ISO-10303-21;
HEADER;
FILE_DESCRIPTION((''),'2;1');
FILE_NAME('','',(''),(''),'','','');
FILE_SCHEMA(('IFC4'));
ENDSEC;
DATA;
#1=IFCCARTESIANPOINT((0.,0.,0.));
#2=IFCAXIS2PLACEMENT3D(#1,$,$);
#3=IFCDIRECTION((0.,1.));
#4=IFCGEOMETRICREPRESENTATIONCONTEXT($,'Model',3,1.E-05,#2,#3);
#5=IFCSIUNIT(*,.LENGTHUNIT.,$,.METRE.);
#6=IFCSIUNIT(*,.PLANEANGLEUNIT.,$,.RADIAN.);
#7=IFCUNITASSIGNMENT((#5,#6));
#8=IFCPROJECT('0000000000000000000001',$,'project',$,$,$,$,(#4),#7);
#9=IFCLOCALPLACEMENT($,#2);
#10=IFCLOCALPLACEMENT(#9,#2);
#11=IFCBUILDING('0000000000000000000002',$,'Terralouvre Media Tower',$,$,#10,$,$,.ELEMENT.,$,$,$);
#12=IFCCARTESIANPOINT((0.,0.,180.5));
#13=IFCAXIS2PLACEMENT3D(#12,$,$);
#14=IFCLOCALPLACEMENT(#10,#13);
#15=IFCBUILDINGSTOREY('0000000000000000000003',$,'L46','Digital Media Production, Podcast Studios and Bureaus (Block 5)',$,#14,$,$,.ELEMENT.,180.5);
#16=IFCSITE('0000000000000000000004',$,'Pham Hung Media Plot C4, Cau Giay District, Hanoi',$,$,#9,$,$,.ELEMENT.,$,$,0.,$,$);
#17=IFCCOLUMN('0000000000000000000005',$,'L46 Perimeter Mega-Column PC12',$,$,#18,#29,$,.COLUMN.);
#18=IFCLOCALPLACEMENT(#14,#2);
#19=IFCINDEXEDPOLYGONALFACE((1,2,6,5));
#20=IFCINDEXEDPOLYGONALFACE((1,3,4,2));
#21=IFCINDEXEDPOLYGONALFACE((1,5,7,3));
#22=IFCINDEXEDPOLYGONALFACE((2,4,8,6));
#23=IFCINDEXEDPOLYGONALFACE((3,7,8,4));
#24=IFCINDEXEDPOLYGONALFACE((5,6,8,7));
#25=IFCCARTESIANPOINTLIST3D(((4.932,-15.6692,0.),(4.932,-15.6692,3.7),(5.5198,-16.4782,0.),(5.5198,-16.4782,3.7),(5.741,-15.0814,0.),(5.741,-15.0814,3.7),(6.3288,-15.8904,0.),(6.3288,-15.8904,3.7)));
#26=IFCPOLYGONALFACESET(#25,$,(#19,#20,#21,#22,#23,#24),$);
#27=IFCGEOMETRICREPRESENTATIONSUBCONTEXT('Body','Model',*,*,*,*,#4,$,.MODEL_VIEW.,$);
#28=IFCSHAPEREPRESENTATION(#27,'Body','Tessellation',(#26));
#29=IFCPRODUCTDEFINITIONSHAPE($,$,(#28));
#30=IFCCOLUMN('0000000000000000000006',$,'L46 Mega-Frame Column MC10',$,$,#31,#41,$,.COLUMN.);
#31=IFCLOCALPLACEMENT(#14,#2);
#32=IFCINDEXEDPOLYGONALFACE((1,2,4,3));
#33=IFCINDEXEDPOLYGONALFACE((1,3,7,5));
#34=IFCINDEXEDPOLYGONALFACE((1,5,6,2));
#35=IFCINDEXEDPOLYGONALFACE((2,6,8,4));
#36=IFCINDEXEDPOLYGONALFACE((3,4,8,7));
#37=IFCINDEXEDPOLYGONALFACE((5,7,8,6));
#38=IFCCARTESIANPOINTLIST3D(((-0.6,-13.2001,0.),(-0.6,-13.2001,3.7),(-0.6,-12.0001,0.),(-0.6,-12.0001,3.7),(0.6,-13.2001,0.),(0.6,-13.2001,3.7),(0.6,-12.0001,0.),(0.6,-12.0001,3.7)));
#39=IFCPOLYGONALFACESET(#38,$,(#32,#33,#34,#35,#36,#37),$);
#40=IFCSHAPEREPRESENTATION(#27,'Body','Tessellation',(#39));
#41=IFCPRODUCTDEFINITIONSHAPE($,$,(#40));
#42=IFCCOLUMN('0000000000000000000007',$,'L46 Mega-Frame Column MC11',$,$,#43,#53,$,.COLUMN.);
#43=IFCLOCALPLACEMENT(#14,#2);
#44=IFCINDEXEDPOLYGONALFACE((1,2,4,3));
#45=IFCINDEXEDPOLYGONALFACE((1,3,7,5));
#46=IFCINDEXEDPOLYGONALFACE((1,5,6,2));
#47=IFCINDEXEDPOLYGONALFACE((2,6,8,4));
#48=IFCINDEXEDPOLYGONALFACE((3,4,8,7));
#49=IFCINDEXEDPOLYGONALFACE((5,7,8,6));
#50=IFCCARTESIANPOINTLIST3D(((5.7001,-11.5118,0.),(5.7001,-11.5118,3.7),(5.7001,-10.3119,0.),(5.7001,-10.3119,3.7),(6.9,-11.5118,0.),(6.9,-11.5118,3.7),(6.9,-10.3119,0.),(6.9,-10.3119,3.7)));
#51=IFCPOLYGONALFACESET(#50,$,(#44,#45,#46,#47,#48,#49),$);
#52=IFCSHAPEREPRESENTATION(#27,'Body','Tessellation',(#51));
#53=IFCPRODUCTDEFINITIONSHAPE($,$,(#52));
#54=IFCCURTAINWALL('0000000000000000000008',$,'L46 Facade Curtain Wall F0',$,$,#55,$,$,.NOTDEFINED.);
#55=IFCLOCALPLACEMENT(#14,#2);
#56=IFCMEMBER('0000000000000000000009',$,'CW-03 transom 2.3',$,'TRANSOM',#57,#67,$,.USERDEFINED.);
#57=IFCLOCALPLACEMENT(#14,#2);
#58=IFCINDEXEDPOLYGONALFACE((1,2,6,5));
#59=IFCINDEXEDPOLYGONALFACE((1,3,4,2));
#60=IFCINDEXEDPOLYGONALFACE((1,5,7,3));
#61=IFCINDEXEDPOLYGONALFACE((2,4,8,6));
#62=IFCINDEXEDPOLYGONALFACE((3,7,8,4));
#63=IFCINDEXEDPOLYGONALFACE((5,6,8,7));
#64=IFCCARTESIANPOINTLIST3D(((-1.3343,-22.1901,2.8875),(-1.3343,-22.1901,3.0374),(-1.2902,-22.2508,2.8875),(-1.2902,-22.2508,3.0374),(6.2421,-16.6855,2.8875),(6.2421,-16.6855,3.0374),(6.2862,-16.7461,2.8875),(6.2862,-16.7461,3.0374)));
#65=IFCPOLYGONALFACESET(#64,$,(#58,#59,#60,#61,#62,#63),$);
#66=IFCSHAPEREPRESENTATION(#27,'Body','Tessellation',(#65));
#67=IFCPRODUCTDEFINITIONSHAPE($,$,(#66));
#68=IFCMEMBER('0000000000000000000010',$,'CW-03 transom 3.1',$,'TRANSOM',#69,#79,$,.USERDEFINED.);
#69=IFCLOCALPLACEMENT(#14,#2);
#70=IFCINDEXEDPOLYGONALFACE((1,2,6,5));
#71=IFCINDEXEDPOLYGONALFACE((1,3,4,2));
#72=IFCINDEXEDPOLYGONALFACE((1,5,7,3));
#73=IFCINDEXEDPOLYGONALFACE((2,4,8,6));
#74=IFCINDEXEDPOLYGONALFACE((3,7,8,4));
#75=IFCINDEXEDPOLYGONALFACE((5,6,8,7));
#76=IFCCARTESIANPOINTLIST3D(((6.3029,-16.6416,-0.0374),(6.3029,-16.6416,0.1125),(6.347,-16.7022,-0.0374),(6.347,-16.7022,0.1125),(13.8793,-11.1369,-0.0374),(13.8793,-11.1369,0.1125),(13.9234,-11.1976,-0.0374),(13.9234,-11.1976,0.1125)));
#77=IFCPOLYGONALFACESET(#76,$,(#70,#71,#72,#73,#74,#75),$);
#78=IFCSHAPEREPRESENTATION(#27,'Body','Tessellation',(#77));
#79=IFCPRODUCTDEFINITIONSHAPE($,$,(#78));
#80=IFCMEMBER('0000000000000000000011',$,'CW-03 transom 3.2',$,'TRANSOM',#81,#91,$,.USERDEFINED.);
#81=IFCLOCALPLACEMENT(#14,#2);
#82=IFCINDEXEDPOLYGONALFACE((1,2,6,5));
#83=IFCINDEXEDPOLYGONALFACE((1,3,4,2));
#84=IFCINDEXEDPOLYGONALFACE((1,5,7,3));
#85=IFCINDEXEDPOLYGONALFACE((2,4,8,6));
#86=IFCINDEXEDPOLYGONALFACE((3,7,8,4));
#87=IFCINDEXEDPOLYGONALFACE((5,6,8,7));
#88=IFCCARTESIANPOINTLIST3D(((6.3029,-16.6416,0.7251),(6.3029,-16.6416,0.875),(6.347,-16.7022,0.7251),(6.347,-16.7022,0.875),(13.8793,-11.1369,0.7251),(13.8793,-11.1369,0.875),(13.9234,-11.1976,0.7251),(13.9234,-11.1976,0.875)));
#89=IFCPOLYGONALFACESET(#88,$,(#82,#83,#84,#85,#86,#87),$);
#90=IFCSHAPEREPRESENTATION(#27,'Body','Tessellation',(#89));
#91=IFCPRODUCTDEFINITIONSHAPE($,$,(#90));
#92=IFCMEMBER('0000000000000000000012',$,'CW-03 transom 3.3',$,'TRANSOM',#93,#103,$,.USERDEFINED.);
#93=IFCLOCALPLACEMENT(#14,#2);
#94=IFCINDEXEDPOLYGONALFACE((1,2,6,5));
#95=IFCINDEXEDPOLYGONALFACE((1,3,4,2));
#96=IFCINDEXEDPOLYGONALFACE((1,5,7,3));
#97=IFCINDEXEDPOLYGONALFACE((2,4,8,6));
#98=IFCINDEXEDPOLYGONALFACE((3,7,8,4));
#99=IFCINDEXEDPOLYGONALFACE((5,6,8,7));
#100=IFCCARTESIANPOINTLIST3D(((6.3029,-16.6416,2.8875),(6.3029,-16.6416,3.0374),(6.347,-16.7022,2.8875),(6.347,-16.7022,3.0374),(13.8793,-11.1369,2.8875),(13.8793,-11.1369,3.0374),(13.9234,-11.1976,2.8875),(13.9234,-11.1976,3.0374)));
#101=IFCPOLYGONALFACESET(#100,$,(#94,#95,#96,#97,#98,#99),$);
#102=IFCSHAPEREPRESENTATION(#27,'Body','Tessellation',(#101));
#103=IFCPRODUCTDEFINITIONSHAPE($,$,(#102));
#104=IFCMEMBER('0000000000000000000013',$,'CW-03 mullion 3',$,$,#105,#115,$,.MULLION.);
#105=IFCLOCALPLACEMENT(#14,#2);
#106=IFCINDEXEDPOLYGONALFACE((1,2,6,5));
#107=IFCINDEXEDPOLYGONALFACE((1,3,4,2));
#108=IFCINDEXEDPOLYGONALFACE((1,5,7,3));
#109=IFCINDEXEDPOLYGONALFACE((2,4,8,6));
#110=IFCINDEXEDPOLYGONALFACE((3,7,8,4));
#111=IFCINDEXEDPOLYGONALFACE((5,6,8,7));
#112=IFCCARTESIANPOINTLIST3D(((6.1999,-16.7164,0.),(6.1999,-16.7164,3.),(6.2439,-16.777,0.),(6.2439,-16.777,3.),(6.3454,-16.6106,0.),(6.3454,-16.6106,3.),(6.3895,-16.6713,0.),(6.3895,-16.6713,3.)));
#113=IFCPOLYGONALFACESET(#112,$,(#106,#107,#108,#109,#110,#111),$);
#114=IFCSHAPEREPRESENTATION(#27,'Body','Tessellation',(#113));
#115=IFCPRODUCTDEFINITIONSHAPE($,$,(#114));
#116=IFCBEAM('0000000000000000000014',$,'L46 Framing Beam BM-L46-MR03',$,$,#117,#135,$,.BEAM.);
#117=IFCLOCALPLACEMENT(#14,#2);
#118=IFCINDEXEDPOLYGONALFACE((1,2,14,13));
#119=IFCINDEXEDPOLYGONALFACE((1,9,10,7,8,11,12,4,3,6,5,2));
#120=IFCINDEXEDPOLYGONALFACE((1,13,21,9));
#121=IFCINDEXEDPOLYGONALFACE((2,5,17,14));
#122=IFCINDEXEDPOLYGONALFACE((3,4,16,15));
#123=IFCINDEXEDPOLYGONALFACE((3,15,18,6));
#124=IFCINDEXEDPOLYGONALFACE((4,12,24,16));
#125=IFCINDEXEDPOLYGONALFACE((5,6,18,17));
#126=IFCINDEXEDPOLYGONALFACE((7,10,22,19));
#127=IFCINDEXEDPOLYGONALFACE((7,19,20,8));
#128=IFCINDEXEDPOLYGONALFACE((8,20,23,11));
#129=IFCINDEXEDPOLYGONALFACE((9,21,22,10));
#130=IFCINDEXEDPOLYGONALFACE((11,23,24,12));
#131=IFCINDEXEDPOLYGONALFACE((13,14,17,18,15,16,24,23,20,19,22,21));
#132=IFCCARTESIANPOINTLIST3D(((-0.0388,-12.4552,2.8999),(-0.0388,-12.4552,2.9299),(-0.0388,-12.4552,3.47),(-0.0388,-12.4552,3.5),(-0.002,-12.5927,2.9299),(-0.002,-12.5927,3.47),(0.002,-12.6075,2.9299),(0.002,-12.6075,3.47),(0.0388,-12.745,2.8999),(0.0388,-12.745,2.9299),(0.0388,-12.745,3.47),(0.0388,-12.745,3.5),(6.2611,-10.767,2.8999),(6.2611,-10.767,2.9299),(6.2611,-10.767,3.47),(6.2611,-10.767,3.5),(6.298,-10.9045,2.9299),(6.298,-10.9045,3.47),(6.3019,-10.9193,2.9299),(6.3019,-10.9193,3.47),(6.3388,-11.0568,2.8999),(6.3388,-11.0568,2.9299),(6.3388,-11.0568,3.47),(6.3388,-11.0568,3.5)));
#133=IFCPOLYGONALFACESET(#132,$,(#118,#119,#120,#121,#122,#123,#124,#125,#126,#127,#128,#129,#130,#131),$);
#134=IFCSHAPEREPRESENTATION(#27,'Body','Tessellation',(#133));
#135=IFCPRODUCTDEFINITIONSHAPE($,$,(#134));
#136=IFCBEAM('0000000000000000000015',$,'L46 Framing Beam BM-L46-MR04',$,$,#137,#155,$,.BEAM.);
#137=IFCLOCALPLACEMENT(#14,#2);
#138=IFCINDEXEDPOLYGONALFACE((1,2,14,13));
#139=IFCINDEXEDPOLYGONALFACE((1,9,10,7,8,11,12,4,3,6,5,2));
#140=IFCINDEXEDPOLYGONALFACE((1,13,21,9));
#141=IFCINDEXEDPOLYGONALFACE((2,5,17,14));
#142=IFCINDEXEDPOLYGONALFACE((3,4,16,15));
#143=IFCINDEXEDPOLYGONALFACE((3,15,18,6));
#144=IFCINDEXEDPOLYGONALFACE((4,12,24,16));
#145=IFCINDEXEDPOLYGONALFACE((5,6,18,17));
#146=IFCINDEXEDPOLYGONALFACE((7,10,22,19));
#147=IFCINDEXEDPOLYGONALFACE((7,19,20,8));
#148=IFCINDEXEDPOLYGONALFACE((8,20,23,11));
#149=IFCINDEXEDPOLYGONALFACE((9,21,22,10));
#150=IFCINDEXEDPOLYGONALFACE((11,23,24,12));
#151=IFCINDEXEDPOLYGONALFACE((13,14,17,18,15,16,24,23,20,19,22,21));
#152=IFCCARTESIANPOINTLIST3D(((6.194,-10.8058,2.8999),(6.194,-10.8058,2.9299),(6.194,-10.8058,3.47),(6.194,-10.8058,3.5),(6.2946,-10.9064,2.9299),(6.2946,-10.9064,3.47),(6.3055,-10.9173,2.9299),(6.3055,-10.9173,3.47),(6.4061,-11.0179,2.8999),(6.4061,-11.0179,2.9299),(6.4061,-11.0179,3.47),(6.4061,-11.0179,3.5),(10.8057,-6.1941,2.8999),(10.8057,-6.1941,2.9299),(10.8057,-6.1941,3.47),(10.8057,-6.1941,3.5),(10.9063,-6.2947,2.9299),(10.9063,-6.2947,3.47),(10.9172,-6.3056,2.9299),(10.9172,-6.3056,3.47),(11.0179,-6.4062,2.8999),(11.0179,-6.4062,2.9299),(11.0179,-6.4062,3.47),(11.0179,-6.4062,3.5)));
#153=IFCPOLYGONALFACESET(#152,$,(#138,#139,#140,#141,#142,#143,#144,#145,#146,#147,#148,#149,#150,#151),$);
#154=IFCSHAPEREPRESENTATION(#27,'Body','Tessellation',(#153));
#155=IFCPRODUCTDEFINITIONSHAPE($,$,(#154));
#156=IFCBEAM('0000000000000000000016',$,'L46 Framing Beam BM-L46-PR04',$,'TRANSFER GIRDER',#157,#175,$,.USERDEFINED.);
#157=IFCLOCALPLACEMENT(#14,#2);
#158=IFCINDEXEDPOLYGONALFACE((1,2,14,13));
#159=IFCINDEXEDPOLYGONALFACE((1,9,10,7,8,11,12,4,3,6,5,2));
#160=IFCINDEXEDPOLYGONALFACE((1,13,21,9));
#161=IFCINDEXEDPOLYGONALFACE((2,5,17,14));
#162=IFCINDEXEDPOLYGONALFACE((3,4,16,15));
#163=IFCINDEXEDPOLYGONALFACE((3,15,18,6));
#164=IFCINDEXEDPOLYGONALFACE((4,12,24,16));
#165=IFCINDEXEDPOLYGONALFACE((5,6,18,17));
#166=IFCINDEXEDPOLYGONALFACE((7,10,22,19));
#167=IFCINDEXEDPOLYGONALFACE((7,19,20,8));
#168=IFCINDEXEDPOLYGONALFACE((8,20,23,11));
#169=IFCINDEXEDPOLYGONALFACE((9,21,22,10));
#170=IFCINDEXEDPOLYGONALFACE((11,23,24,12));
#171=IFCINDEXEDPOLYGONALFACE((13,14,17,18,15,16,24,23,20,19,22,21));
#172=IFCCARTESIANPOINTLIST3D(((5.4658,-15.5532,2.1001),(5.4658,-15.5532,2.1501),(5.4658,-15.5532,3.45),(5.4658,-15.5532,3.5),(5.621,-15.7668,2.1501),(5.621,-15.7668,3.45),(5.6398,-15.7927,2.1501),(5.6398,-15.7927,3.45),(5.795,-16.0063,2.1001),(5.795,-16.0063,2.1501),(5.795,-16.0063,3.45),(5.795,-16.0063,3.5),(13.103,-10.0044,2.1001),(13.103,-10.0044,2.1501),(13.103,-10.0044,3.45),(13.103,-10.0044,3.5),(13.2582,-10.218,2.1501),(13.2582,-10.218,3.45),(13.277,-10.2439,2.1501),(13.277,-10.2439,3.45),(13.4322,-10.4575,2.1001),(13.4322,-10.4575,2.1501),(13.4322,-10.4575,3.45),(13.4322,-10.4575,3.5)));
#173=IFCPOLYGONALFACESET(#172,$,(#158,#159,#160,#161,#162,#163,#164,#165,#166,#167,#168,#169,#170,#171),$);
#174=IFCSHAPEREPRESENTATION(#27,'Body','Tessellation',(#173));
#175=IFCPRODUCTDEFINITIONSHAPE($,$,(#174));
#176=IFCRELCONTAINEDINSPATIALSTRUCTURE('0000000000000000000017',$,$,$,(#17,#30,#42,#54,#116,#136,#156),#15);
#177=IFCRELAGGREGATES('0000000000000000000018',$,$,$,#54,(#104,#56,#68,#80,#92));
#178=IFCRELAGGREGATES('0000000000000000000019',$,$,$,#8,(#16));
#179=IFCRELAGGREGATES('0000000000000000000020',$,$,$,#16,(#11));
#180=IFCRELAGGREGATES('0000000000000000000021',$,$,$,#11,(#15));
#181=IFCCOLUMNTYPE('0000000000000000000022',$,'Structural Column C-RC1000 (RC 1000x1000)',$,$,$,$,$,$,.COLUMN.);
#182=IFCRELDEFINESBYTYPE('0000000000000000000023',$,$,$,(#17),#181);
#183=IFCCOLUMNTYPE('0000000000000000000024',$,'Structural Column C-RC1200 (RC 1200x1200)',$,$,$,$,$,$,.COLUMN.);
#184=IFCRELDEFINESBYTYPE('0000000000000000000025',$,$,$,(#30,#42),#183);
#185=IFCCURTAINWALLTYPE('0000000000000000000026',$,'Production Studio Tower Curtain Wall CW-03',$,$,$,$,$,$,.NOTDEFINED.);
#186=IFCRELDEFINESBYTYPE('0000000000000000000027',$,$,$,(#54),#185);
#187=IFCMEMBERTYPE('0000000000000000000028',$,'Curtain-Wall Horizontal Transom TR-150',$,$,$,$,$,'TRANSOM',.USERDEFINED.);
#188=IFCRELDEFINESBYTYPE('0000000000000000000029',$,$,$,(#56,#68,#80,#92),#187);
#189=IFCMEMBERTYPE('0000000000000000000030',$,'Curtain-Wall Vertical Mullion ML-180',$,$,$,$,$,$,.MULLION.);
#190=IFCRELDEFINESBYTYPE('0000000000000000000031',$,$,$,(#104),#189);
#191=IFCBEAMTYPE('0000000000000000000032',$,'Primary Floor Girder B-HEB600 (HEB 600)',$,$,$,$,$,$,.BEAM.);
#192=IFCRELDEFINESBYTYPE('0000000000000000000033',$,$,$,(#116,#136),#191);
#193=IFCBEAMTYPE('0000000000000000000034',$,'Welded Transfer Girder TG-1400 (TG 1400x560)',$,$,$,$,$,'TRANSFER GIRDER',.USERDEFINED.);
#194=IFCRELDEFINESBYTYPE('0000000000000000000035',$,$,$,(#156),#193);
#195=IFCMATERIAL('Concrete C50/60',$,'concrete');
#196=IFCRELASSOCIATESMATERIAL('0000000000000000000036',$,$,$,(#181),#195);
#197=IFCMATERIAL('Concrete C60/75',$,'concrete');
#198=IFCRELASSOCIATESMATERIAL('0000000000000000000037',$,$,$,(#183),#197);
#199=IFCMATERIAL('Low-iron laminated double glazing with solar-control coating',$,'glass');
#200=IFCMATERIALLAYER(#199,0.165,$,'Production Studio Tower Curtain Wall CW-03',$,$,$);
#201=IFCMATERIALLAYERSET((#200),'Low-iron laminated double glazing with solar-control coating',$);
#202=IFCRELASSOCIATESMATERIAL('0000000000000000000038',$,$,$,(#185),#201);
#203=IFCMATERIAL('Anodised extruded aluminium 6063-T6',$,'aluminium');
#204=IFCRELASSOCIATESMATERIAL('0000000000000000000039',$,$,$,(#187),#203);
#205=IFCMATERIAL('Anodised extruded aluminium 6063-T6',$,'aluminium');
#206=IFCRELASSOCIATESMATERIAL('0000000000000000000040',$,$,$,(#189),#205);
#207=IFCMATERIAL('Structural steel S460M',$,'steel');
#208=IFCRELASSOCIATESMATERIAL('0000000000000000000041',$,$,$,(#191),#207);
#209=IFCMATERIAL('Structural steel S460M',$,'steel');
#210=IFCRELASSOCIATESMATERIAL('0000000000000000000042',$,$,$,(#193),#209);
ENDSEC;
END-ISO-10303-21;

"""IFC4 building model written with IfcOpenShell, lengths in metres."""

from ifc_helpers import new_model, si_unit, direction, frame, origin, origin_2d, place, context, subcontext, project, spatial, rectangle, i_section, extrude, material, layer, layer_set, material_profile, profile_set, type_object, element, aggregate, save


model = new_model("IFC4")

# Units and contexts
model_context = context("Model", 3, precision=1e-05, world=origin(), true_north=direction((0.0, 1.0)))
body_context = subcontext(model_context, "Body", "Model", "MODEL_VIEW")
ifc_project = project(units=[si_unit("LENGTHUNIT", "METRE"), si_unit("PLANEANGLEUNIT", "RADIAN")], contexts=[model_context])

# Site, building, storey
site_placement = place(None, origin())
site = spatial("IfcSite", under=ifc_project, at=site_placement, Name="Pham Hung Media Plot C4, Cau Giay District, Hanoi", CompositionType="ELEMENT", RefElevation=0.0)
building_placement = place(site_placement, origin())
building = spatial("IfcBuilding", under=site, at=building_placement, Name="Terralouvre Media Tower", CompositionType="ELEMENT")
storey_placement = place(building_placement, frame((0.0, 0.0, 180.5)))
storey = spatial("IfcBuildingStorey", under=building, at=storey_placement, Name="L46", Description="Digital Media Production, Podcast Studios and Bureaus (Block 5)", CompositionType="ELEMENT", Elevation=180.5)

# Columns
ifc_material_1 = material(Name="Concrete C50/60", Category="concrete")
ifc_material_profile_1 = material_profile(ifc_material_1, rectangle(XDim=1.0, YDim=1.0, at=origin_2d()), Name="RC 1000x1000")
ifc_profile_set_1 = profile_set([ifc_material_profile_1], Name="Concrete C50/60")
column_type_1 = type_object("IfcColumnType", Name="Structural Column C-RC1000 (RC 1000x1000)", PredefinedType="COLUMN", material=ifc_profile_set_1)
column_placement = place(storey_placement, frame((5.6304, -15.7798, 0.0), z_axis=(0.0, 0.0, 1.0), x_axis=(0.809017, 0.587785, 0.0)))
element("IfcColumn", 1, at=column_placement, inside=storey, type_object=column_type_1, Name="L46 Perimeter Mega-Column PC12", PredefinedType="COLUMN", context=body_context, shape_type="SweptSolid", body=[
    extrude(rectangle(XDim=1.0, YDim=1.0, at=origin_2d()), origin(), (0.0, 0.0, 1.0), 3.7),
])
ifc_material_2 = material(Name="Concrete C60/75", Category="concrete")
ifc_material_profile_2 = material_profile(ifc_material_2, rectangle(XDim=1.2, YDim=1.2, at=origin_2d()), Name="RC 1200x1200")
ifc_profile_set_2 = profile_set([ifc_material_profile_2], Name="Concrete C60/75")
column_type_2 = type_object("IfcColumnType", Name="Structural Column C-RC1200 (RC 1200x1200)", PredefinedType="COLUMN", material=ifc_profile_set_2)
for number, where, z_axis, x_axis, name in (
    (2, (0.0, -12.6001, 0.0), (0.0, 0.0, 1.0), (1.0, 0.0, 0.0), "L46 Mega-Frame Column MC10"),
    (3, (6.3, -10.9119, 0.0), (0.0, 0.0, 1.0), (1.0, 0.0, 0.0), "L46 Mega-Frame Column MC11"),
):
    element("IfcColumn", number, at=place(storey_placement, frame(where, z_axis=z_axis, x_axis=x_axis)), inside=storey, type_object=column_type_2, Name=name, PredefinedType="COLUMN", context=body_context, shape_type="SweptSolid", body=[
        extrude(rectangle(XDim=1.2, YDim=1.2, at=origin_2d()), origin(), (0.0, 0.0, 1.0), 3.7),
    ])

# Curtain wall, members
ifc_material_3 = material(Name="Low-iron laminated double glazing with solar-control coating", Category="glass")
ifc_layer_1 = layer(ifc_material_3, 0.165, Name="Production Studio Tower Curtain Wall CW-03")
ifc_layer_set_1 = layer_set([ifc_layer_1], Name="Low-iron laminated double glazing with solar-control coating")
curtain_wall_type = type_object("IfcCurtainWallType", Name="Production Studio Tower Curtain Wall CW-03", PredefinedType="NOTDEFINED", material=ifc_layer_set_1)
curtain_wall_placement = place(storey_placement, origin())
curtain_wall = element("IfcCurtainWall", 4, at=curtain_wall_placement, inside=storey, type_object=curtain_wall_type, Name="L46 Facade Curtain Wall F0", PredefinedType="NOTDEFINED")
ifc_material_4 = material(Name="Anodised extruded aluminium 6063-T6", Category="aluminium")
ifc_material_profile_3 = material_profile(ifc_material_4, rectangle(XDim=0.075, YDim=0.1499, at=origin_2d()), Name="ALU 75x150")
ifc_profile_set_3 = profile_set([ifc_material_profile_3], Name="Anodised extruded aluminium 6063-T6")
member_type_1 = type_object("IfcMemberType", Name="Curtain-Wall Horizontal Transom TR-150", ElementType="TRANSOM", PredefinedType="USERDEFINED", material=ifc_profile_set_3)
member_1_placement = place(storey_placement, frame((-1.3123, -22.2205, 2.9624), z_axis=(0.809014, 0.587789, 0.0), x_axis=(-0.587789, 0.809014, 0.0)))
member_1 = element("IfcMember", 5, at=member_1_placement, type_object=member_type_1, Name="CW-03 transom 2.3", ObjectType="TRANSOM", PredefinedType="USERDEFINED", context=body_context, shape_type="SweptSolid", body=[
    extrude(rectangle(XDim=0.075, YDim=0.1499, at=origin_2d()), origin(), (0.0, 0.0, 1.0), 9.365),
])
member_2_placement = place(storey_placement, frame((6.325, -16.6719, 0.0376), z_axis=(0.809014, 0.587789, 0.0), x_axis=(-0.587789, 0.809014, 0.0)))
member_2 = element("IfcMember", 6, at=member_2_placement, type_object=member_type_1, Name="CW-03 transom 3.1", ObjectType="TRANSOM", PredefinedType="USERDEFINED", context=body_context, shape_type="SweptSolid", body=[
    extrude(rectangle(XDim=0.075, YDim=0.1499, at=origin_2d()), origin(), (0.0, 0.0, 1.0), 9.365),
])
member_3_placement = place(storey_placement, frame((6.325, -16.6719, 0.8), z_axis=(0.809014, 0.587789, 0.0), x_axis=(-0.587789, 0.809014, 0.0)))
member_3 = element("IfcMember", 7, at=member_3_placement, type_object=member_type_1, Name="CW-03 transom 3.2", ObjectType="TRANSOM", PredefinedType="USERDEFINED", context=body_context, shape_type="SweptSolid", body=[
    extrude(rectangle(XDim=0.075, YDim=0.1499, at=origin_2d()), origin(), (0.0, 0.0, 1.0), 9.365),
])
member_4_placement = place(storey_placement, frame((6.325, -16.6719, 2.9624), z_axis=(0.809014, 0.587789, 0.0), x_axis=(-0.587789, 0.809014, 0.0)))
member_4 = element("IfcMember", 8, at=member_4_placement, type_object=member_type_1, Name="CW-03 transom 3.3", ObjectType="TRANSOM", PredefinedType="USERDEFINED", context=body_context, shape_type="SweptSolid", body=[
    extrude(rectangle(XDim=0.075, YDim=0.1499, at=origin_2d()), origin(), (0.0, 0.0, 1.0), 9.365),
])
ifc_material_5 = material(Name="Anodised extruded aluminium 6063-T6", Category="aluminium")
ifc_material_profile_4 = material_profile(ifc_material_5, rectangle(XDim=0.075, YDim=0.1799, at=origin_2d()), Name="ALU 75x180")
ifc_profile_set_4 = profile_set([ifc_material_profile_4], Name="Anodised extruded aluminium 6063-T6")
member_type_2 = type_object("IfcMemberType", Name="Curtain-Wall Vertical Mullion ML-180", PredefinedType="MULLION", material=ifc_profile_set_4)
member_5_placement = place(storey_placement, frame((6.2947, -16.6938, 0.0), z_axis=(0.0, 0.0, 1.0), x_axis=(-0.587785, 0.809017, 0.0)))
member_5 = element("IfcMember", 9, at=member_5_placement, type_object=member_type_2, Name="CW-03 mullion 3", PredefinedType="MULLION", context=body_context, shape_type="SweptSolid", body=[
    extrude(rectangle(XDim=0.075, YDim=0.1799, at=origin_2d()), origin(), (0.0, 0.0, 1.0), 3.0),
])

# Beams
ifc_material_6 = material(Name="Structural steel S460M", Category="steel")
ifc_material_profile_5 = material_profile(ifc_material_6, i_section(OverallWidth=0.3, OverallDepth=0.6001, WebThickness=0.0154, FlangeThickness=0.03, at=origin_2d()), Name="HEB 600")
ifc_profile_set_5 = profile_set([ifc_material_profile_5], Name="Structural steel S460M")
beam_type_1 = type_object("IfcBeamType", Name="Primary Floor Girder B-HEB600 (HEB 600)", PredefinedType="BEAM", material=ifc_profile_set_5)
beam_1_placement = place(storey_placement, frame((0.0, -12.6001, 3.2), z_axis=(0.96592, 0.258839, 0.0), x_axis=(-0.258839, 0.96592, 0.0)))
element("IfcBeam", 10, at=beam_1_placement, inside=storey, type_object=beam_type_1, Name="L46 Framing Beam BM-L46-MR03", PredefinedType="BEAM", context=body_context, shape_type="SweptSolid", body=[
    extrude(i_section(OverallWidth=0.3, OverallDepth=0.6001, WebThickness=0.0154, FlangeThickness=0.03, at=origin_2d()), origin(), (0.0, 0.0, 1.0), 6.5222),
])
beam_2_placement = place(storey_placement, frame((6.3, -10.9119, 3.2), z_axis=(0.707107, 0.707107, 0.0), x_axis=(-0.707107, 0.707107, 0.0)))
element("IfcBeam", 11, at=beam_2_placement, inside=storey, type_object=beam_type_1, Name="L46 Framing Beam BM-L46-MR04", PredefinedType="BEAM", context=body_context, shape_type="SweptSolid", body=[
    extrude(i_section(OverallWidth=0.3, OverallDepth=0.6001, WebThickness=0.0154, FlangeThickness=0.03, at=origin_2d()), origin(), (0.0, 0.0, 1.0), 6.522),
])
ifc_material_7 = material(Name="Structural steel S460M", Category="steel")
ifc_material_profile_6 = material_profile(ifc_material_7, i_section(OverallWidth=0.5601, OverallDepth=1.3999, WebThickness=0.032, FlangeThickness=0.05, at=origin_2d()), Name="TG 1400x560")
ifc_profile_set_6 = profile_set([ifc_material_profile_6], Name="Structural steel S460M")
beam_type_2 = type_object("IfcBeamType", Name="Welded Transfer Girder TG-1400 (TG 1400x560)", ElementType="TRANSFER GIRDER", PredefinedType="USERDEFINED", material=ifc_profile_set_6)
beam_3_placement = place(storey_placement, frame((5.6304, -15.7798, 2.8), z_axis=(0.809013, 0.58779, 0.0), x_axis=(-0.58779, 0.809013, 0.0)))
element("IfcBeam", 12, at=beam_3_placement, inside=storey, type_object=beam_type_2, Name="L46 Framing Beam BM-L46-PR04", ObjectType="TRANSFER GIRDER", PredefinedType="USERDEFINED", context=body_context, shape_type="SweptSolid", body=[
    extrude(i_section(OverallWidth=0.5601, OverallDepth=1.3999, WebThickness=0.032, FlangeThickness=0.05, at=origin_2d()), origin(), (0.0, 0.0, 1.0), 9.4402),
])

aggregate(curtain_wall, [member_5, member_1, member_2, member_3, member_4])

save(model, "model.ifc")
